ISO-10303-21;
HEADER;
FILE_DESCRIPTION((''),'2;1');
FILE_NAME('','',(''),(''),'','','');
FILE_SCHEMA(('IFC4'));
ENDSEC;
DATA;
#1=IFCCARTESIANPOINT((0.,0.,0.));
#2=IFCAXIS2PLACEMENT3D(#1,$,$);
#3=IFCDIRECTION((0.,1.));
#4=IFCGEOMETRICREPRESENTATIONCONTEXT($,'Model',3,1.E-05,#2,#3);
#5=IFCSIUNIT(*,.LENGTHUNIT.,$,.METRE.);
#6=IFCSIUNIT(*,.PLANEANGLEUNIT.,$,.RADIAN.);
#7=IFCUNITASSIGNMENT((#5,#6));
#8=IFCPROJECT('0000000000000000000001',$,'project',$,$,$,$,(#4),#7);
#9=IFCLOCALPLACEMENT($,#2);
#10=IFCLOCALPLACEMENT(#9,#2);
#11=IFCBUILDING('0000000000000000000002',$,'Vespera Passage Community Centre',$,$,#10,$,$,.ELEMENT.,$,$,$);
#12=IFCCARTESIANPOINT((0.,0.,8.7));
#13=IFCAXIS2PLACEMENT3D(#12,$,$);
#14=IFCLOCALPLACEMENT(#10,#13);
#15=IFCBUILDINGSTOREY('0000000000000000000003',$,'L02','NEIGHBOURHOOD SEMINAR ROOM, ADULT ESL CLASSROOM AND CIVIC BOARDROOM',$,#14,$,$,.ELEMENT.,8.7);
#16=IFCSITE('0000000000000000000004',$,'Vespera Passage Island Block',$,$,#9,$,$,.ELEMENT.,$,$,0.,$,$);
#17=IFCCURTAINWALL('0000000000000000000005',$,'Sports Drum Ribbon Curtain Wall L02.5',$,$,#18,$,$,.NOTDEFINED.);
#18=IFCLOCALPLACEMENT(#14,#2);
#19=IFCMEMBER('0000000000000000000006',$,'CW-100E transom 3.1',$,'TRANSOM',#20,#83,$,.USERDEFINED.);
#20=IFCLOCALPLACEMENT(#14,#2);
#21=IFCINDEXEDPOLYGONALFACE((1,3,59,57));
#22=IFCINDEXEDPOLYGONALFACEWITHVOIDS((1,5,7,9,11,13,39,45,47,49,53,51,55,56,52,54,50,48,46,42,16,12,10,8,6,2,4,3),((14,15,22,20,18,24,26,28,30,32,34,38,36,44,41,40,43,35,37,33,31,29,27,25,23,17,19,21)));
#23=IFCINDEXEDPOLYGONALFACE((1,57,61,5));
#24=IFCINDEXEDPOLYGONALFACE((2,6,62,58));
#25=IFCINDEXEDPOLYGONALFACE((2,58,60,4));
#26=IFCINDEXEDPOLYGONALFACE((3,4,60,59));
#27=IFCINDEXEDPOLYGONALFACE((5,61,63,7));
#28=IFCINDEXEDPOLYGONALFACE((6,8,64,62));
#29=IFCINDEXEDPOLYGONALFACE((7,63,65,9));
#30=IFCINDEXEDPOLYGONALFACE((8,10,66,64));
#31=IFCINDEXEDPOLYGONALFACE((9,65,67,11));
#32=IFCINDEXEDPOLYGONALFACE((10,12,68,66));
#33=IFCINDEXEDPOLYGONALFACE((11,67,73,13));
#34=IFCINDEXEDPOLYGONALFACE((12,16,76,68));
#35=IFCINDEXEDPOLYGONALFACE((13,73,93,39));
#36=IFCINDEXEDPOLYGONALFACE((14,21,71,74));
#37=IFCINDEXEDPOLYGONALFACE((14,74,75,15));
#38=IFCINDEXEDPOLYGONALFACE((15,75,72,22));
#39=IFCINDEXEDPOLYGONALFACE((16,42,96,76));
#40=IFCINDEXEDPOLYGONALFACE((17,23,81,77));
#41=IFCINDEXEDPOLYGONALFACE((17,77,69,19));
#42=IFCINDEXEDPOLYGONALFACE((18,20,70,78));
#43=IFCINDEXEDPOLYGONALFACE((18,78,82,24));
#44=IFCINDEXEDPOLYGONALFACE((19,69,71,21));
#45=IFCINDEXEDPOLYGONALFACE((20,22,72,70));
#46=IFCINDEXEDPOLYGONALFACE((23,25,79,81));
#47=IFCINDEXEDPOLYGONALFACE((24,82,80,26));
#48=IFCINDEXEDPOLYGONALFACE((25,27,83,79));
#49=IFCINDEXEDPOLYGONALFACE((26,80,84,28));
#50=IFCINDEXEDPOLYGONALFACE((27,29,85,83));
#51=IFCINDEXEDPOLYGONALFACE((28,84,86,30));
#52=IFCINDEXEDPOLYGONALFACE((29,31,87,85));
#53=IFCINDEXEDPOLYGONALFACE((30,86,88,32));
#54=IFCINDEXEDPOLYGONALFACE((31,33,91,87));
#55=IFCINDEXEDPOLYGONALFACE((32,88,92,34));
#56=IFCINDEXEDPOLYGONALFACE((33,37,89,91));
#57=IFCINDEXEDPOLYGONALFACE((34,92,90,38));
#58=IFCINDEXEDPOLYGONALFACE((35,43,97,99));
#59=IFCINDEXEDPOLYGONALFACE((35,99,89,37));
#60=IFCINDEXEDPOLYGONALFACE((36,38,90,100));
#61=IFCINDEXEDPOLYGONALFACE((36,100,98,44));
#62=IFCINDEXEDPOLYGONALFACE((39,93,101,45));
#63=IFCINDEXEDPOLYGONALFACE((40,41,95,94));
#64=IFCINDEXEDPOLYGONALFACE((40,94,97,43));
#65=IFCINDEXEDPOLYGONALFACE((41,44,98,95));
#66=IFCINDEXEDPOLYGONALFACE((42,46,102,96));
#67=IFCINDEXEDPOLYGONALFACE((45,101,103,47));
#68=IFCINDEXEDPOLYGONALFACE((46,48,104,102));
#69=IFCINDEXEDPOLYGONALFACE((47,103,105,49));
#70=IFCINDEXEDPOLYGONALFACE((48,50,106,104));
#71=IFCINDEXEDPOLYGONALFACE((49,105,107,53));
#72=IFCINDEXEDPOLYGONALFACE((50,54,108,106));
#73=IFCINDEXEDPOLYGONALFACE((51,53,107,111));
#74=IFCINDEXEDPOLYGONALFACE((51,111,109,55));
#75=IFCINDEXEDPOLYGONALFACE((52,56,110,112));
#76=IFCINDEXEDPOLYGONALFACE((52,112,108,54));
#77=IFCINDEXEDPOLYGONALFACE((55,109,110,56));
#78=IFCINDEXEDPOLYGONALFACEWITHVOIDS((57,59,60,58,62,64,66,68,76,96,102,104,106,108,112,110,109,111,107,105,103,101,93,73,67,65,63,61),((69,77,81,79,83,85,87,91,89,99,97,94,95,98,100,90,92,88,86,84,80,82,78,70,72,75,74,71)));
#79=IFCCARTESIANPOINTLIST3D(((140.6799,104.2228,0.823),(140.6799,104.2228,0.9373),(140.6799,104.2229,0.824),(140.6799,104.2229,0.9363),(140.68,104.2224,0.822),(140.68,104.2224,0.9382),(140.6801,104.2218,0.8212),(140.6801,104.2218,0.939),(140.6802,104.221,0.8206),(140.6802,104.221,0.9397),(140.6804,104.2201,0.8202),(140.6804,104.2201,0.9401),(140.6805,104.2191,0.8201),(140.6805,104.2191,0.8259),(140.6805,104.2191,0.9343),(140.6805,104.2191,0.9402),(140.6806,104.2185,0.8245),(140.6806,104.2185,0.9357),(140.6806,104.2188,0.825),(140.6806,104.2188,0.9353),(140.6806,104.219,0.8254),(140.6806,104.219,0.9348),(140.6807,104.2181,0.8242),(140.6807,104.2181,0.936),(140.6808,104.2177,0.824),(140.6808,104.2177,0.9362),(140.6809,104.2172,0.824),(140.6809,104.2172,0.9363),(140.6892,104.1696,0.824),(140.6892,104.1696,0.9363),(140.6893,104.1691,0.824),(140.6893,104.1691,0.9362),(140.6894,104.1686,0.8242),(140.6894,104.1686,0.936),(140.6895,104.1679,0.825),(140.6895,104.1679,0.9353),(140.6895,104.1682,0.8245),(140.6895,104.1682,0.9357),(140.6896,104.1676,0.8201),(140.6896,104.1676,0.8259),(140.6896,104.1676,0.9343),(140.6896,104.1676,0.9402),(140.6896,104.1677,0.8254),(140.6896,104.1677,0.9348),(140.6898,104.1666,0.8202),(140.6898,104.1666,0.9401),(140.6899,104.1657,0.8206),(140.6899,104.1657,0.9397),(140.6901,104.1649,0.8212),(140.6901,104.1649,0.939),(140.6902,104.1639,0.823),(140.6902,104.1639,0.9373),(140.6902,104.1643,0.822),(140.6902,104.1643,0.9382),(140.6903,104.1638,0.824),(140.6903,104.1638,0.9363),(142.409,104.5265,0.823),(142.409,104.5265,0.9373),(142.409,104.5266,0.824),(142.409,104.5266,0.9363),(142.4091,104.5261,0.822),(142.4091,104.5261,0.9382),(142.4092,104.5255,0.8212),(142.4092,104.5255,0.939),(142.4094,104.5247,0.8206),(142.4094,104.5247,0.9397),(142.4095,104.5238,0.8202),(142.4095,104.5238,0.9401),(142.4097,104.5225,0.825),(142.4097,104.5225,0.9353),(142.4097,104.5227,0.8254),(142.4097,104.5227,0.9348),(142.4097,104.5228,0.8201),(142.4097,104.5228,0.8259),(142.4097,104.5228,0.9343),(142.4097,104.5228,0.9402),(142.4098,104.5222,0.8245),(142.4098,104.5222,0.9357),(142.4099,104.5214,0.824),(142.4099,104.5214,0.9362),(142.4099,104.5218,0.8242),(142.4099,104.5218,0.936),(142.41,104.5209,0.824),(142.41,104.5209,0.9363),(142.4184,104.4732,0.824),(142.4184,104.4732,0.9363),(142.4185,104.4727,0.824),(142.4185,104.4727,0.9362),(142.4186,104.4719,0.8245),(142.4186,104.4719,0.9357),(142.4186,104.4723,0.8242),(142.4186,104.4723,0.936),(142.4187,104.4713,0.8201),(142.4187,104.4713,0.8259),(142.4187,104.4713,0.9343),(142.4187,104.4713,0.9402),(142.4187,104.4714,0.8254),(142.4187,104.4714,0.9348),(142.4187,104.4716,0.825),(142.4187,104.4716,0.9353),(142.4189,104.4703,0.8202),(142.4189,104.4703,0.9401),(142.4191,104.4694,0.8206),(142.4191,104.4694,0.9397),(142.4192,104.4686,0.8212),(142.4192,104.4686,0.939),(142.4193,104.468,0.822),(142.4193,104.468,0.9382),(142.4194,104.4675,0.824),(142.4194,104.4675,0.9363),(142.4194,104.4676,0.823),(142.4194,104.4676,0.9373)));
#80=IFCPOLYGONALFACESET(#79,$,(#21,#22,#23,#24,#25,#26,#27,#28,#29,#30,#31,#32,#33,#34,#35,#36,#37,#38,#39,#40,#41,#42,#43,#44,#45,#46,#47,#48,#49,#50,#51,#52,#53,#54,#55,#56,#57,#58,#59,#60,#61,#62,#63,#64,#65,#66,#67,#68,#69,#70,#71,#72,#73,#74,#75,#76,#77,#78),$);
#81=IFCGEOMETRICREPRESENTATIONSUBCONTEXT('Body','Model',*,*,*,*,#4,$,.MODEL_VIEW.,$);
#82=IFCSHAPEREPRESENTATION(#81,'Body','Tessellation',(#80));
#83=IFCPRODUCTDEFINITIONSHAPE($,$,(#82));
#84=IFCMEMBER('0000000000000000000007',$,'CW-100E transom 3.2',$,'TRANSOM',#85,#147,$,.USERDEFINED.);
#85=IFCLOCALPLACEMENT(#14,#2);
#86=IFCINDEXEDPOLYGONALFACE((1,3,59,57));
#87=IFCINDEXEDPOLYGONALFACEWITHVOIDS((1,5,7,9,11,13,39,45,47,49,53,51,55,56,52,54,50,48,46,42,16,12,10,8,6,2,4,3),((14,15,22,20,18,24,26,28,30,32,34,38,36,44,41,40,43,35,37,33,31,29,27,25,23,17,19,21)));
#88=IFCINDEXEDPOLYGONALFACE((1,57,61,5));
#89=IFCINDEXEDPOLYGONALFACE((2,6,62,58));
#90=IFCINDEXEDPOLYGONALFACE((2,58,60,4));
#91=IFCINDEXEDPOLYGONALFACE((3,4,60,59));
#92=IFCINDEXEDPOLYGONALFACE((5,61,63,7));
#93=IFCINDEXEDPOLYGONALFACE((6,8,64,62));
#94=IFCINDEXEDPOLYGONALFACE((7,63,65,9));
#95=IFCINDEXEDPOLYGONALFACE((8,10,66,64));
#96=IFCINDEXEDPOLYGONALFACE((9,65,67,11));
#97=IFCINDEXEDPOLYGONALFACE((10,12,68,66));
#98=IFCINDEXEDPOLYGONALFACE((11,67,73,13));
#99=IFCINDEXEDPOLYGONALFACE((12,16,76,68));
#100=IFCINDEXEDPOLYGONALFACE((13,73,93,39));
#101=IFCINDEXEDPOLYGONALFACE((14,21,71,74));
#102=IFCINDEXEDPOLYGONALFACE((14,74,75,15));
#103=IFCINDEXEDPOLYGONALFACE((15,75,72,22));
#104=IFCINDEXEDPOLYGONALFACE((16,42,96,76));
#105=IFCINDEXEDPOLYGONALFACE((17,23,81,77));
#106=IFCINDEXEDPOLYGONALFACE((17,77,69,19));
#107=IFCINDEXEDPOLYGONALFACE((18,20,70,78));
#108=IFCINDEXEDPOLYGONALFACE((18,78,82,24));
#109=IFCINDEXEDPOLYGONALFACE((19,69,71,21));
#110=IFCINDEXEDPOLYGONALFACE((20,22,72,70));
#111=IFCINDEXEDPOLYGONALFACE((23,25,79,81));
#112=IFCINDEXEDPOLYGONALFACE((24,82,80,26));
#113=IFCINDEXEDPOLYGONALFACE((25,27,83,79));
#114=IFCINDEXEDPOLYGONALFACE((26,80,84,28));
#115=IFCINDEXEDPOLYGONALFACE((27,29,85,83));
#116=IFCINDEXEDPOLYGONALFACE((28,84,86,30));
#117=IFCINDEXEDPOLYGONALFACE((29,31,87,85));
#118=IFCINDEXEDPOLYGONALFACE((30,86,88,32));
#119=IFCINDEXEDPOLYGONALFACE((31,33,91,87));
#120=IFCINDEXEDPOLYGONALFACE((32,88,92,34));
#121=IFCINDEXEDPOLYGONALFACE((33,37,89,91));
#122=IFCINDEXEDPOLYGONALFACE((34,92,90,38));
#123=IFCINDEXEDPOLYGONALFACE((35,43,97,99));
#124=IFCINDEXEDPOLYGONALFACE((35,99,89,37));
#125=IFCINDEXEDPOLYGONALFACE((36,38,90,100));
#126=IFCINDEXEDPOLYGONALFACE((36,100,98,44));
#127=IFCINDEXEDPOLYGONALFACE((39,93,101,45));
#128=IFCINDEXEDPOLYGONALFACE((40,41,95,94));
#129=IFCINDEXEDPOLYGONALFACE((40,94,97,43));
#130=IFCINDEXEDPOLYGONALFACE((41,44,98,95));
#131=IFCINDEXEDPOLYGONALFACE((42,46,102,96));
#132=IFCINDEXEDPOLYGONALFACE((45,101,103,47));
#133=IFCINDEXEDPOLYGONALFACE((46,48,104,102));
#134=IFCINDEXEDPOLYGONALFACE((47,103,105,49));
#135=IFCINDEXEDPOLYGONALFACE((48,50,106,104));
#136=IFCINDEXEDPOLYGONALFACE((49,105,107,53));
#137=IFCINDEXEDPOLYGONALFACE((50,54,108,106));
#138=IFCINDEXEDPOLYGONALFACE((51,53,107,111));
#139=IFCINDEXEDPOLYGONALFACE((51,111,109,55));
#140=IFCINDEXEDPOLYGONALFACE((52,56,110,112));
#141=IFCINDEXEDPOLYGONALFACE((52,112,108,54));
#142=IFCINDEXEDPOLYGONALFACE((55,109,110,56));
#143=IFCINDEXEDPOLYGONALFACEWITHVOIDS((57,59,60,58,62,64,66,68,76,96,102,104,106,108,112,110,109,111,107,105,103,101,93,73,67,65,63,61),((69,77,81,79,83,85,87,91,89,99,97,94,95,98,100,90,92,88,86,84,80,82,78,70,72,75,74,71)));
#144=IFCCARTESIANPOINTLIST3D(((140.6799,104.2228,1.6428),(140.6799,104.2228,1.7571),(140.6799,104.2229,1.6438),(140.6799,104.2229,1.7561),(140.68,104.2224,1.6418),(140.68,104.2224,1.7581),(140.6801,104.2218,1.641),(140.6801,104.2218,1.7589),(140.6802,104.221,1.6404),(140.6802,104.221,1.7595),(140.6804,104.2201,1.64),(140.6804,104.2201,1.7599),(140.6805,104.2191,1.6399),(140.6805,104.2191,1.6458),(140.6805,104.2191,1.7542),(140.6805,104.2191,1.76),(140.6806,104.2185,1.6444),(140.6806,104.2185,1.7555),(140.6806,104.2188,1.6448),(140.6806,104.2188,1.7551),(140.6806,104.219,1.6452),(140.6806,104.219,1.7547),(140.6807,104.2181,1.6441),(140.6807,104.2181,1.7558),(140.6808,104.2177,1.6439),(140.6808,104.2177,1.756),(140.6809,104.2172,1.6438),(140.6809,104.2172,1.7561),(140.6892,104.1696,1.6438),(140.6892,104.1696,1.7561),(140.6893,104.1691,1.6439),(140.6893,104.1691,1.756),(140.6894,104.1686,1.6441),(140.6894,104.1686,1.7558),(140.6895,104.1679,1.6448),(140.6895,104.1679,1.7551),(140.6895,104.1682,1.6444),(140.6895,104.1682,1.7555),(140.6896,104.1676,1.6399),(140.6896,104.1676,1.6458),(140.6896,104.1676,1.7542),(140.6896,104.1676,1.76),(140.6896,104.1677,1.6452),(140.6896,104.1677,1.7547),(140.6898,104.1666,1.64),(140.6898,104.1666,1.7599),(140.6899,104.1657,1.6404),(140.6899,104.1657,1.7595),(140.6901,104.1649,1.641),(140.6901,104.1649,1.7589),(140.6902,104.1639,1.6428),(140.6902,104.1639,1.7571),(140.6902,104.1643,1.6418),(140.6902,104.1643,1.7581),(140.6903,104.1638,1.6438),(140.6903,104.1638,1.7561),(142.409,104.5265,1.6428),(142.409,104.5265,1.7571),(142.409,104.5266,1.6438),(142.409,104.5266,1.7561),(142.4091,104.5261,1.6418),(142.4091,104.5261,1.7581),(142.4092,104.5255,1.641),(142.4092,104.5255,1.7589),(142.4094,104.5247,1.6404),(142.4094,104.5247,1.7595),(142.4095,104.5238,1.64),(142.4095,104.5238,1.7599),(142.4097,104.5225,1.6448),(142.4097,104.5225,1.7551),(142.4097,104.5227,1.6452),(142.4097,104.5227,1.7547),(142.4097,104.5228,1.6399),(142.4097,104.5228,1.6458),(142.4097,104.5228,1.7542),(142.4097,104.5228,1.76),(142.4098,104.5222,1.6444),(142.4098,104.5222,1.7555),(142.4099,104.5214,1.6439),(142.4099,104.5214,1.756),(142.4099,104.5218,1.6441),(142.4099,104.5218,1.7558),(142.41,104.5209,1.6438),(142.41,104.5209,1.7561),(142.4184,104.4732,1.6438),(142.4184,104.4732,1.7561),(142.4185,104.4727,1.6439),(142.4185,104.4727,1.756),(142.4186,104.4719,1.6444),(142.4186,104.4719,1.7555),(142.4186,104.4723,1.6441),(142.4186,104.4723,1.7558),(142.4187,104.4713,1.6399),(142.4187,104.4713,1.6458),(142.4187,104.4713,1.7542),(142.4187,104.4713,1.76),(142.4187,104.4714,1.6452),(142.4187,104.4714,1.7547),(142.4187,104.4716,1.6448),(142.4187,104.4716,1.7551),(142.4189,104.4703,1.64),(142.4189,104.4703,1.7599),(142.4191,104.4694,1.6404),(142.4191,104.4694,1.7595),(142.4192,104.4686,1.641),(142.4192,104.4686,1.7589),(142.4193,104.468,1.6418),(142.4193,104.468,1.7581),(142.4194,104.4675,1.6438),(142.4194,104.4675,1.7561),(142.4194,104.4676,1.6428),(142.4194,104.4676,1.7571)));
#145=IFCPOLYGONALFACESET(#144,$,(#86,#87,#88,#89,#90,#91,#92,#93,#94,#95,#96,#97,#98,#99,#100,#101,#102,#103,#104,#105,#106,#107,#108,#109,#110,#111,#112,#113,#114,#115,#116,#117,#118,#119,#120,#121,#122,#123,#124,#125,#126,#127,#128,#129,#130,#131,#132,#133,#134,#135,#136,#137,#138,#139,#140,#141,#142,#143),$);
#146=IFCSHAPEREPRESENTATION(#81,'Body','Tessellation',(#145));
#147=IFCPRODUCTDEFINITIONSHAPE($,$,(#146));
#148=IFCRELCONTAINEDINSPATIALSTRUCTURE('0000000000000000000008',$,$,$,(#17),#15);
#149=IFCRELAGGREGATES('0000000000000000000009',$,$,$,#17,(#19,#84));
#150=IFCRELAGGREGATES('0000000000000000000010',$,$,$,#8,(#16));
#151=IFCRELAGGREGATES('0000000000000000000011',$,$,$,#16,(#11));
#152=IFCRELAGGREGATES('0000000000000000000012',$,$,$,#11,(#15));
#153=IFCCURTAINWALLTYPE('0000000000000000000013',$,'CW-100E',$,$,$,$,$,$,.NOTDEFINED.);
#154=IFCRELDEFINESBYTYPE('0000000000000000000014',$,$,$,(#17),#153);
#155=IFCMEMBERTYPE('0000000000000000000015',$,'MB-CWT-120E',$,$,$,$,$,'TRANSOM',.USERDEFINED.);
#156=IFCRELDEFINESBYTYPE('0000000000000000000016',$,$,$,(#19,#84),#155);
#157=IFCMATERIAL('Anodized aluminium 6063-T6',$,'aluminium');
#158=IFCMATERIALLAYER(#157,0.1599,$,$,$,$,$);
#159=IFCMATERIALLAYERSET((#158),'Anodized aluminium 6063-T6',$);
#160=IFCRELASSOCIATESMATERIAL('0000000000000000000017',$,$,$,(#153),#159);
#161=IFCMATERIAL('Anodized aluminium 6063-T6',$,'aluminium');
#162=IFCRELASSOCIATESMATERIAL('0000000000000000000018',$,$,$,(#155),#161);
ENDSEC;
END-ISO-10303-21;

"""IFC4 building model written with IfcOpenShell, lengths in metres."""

from ifc_helpers import new_model, si_unit, direction, frame, origin, origin_2d, place, context, subcontext, project, spatial, hollow_rectangle, extrude, material, layer, layer_set, material_profile, profile_set, type_object, element, aggregate, save


model = new_model("IFC4")

# Units and contexts
model_context = context("Model", 3, precision=1e-05, world=origin(), true_north=direction((0.0, 1.0)))
body_context = subcontext(model_context, "Body", "Model", "MODEL_VIEW")
ifc_project = project(units=[si_unit("LENGTHUNIT", "METRE"), si_unit("PLANEANGLEUNIT", "RADIAN")], contexts=[model_context])

# Site, building, storey
site_placement = place(None, origin())
site = spatial("IfcSite", under=ifc_project, at=site_placement, Name="Vespera Passage Island Block", CompositionType="ELEMENT", RefElevation=0.0)
building_placement = place(site_placement, origin())
building = spatial("IfcBuilding", under=site, at=building_placement, Name="Vespera Passage Community Centre", CompositionType="ELEMENT")
storey_placement = place(building_placement, frame((0.0, 0.0, 8.7)))
storey = spatial("IfcBuildingStorey", under=building, at=storey_placement, Name="L02", Description="NEIGHBOURHOOD SEMINAR ROOM, ADULT ESL CLASSROOM AND CIVIC BOARDROOM", CompositionType="ELEMENT", Elevation=8.7)

# Curtain wall
ifc_material_1 = material(Name="Anodized aluminium 6063-T6", Category="aluminium")
ifc_layer_1 = layer(ifc_material_1, 0.1599)
ifc_layer_set_1 = layer_set([ifc_layer_1], Name="Anodized aluminium 6063-T6")
curtain_wall_type_1 = type_object("IfcCurtainWallType", Name="CW-100E", PredefinedType="NOTDEFINED", material=ifc_layer_set_1)
curtain_wall_1_placement = place(storey_placement, origin())
curtain_wall_1 = element("IfcCurtainWall", 1, at=curtain_wall_1_placement, inside=storey, type_object=curtain_wall_type_1, Name="Sports Drum Ribbon Curtain Wall L02.5", PredefinedType="NOTDEFINED")

# Members
ifc_material_2 = material(Name="Anodized aluminium 6063-T6", Category="aluminium")
ifc_material_profile_1 = material_profile(ifc_material_2, hollow_rectangle(XDim=0.0601, YDim=0.1201, WallThickness=0.0039, InnerFilletRadius=0.002, OuterFilletRadius=0.0039, at=origin_2d()), Name="ALU120X60X4")
ifc_profile_set_1 = profile_set([ifc_material_profile_1], Name="Anodized aluminium 6063-T6")
member_type_1 = type_object("IfcMemberType", Name="MB-CWT-120E", ElementType="TRANSOM", PredefinedType="USERDEFINED", material=ifc_profile_set_1)
member_1_placement = place(storey_placement, frame((140.6851, 104.1934, 0.8801), z_axis=(0.984925, 0.172984, 0.0), x_axis=(-0.172984, 0.984925, 0.0)))
member_1 = element("IfcMember", 2, at=member_1_placement, type_object=member_type_1, Name="CW-100E transom 3.1", ObjectType="TRANSOM", PredefinedType="USERDEFINED", context=body_context, shape_type="SweptSolid", body=[
    extrude(hollow_rectangle(XDim=0.0601, YDim=0.1201, WallThickness=0.0039, InnerFilletRadius=0.002, OuterFilletRadius=0.0039, at=origin_2d()), origin(), (0.0, 0.0, 1.0), 1.7556),
])
member_2_placement = place(storey_placement, frame((140.6851, 104.1934, 1.7), z_axis=(0.984925, 0.172984, 0.0), x_axis=(-0.172984, 0.984925, 0.0)))
member_2 = element("IfcMember", 3, at=member_2_placement, type_object=member_type_1, Name="CW-100E transom 3.2", ObjectType="TRANSOM", PredefinedType="USERDEFINED", context=body_context, shape_type="SweptSolid", body=[
    extrude(hollow_rectangle(XDim=0.0601, YDim=0.1201, WallThickness=0.0039, InnerFilletRadius=0.002, OuterFilletRadius=0.0039, at=origin_2d()), origin(), (0.0, 0.0, 1.0), 1.7556),
])

aggregate(curtain_wall_1, [member_1, member_2])

save(model, "model.ifc")
